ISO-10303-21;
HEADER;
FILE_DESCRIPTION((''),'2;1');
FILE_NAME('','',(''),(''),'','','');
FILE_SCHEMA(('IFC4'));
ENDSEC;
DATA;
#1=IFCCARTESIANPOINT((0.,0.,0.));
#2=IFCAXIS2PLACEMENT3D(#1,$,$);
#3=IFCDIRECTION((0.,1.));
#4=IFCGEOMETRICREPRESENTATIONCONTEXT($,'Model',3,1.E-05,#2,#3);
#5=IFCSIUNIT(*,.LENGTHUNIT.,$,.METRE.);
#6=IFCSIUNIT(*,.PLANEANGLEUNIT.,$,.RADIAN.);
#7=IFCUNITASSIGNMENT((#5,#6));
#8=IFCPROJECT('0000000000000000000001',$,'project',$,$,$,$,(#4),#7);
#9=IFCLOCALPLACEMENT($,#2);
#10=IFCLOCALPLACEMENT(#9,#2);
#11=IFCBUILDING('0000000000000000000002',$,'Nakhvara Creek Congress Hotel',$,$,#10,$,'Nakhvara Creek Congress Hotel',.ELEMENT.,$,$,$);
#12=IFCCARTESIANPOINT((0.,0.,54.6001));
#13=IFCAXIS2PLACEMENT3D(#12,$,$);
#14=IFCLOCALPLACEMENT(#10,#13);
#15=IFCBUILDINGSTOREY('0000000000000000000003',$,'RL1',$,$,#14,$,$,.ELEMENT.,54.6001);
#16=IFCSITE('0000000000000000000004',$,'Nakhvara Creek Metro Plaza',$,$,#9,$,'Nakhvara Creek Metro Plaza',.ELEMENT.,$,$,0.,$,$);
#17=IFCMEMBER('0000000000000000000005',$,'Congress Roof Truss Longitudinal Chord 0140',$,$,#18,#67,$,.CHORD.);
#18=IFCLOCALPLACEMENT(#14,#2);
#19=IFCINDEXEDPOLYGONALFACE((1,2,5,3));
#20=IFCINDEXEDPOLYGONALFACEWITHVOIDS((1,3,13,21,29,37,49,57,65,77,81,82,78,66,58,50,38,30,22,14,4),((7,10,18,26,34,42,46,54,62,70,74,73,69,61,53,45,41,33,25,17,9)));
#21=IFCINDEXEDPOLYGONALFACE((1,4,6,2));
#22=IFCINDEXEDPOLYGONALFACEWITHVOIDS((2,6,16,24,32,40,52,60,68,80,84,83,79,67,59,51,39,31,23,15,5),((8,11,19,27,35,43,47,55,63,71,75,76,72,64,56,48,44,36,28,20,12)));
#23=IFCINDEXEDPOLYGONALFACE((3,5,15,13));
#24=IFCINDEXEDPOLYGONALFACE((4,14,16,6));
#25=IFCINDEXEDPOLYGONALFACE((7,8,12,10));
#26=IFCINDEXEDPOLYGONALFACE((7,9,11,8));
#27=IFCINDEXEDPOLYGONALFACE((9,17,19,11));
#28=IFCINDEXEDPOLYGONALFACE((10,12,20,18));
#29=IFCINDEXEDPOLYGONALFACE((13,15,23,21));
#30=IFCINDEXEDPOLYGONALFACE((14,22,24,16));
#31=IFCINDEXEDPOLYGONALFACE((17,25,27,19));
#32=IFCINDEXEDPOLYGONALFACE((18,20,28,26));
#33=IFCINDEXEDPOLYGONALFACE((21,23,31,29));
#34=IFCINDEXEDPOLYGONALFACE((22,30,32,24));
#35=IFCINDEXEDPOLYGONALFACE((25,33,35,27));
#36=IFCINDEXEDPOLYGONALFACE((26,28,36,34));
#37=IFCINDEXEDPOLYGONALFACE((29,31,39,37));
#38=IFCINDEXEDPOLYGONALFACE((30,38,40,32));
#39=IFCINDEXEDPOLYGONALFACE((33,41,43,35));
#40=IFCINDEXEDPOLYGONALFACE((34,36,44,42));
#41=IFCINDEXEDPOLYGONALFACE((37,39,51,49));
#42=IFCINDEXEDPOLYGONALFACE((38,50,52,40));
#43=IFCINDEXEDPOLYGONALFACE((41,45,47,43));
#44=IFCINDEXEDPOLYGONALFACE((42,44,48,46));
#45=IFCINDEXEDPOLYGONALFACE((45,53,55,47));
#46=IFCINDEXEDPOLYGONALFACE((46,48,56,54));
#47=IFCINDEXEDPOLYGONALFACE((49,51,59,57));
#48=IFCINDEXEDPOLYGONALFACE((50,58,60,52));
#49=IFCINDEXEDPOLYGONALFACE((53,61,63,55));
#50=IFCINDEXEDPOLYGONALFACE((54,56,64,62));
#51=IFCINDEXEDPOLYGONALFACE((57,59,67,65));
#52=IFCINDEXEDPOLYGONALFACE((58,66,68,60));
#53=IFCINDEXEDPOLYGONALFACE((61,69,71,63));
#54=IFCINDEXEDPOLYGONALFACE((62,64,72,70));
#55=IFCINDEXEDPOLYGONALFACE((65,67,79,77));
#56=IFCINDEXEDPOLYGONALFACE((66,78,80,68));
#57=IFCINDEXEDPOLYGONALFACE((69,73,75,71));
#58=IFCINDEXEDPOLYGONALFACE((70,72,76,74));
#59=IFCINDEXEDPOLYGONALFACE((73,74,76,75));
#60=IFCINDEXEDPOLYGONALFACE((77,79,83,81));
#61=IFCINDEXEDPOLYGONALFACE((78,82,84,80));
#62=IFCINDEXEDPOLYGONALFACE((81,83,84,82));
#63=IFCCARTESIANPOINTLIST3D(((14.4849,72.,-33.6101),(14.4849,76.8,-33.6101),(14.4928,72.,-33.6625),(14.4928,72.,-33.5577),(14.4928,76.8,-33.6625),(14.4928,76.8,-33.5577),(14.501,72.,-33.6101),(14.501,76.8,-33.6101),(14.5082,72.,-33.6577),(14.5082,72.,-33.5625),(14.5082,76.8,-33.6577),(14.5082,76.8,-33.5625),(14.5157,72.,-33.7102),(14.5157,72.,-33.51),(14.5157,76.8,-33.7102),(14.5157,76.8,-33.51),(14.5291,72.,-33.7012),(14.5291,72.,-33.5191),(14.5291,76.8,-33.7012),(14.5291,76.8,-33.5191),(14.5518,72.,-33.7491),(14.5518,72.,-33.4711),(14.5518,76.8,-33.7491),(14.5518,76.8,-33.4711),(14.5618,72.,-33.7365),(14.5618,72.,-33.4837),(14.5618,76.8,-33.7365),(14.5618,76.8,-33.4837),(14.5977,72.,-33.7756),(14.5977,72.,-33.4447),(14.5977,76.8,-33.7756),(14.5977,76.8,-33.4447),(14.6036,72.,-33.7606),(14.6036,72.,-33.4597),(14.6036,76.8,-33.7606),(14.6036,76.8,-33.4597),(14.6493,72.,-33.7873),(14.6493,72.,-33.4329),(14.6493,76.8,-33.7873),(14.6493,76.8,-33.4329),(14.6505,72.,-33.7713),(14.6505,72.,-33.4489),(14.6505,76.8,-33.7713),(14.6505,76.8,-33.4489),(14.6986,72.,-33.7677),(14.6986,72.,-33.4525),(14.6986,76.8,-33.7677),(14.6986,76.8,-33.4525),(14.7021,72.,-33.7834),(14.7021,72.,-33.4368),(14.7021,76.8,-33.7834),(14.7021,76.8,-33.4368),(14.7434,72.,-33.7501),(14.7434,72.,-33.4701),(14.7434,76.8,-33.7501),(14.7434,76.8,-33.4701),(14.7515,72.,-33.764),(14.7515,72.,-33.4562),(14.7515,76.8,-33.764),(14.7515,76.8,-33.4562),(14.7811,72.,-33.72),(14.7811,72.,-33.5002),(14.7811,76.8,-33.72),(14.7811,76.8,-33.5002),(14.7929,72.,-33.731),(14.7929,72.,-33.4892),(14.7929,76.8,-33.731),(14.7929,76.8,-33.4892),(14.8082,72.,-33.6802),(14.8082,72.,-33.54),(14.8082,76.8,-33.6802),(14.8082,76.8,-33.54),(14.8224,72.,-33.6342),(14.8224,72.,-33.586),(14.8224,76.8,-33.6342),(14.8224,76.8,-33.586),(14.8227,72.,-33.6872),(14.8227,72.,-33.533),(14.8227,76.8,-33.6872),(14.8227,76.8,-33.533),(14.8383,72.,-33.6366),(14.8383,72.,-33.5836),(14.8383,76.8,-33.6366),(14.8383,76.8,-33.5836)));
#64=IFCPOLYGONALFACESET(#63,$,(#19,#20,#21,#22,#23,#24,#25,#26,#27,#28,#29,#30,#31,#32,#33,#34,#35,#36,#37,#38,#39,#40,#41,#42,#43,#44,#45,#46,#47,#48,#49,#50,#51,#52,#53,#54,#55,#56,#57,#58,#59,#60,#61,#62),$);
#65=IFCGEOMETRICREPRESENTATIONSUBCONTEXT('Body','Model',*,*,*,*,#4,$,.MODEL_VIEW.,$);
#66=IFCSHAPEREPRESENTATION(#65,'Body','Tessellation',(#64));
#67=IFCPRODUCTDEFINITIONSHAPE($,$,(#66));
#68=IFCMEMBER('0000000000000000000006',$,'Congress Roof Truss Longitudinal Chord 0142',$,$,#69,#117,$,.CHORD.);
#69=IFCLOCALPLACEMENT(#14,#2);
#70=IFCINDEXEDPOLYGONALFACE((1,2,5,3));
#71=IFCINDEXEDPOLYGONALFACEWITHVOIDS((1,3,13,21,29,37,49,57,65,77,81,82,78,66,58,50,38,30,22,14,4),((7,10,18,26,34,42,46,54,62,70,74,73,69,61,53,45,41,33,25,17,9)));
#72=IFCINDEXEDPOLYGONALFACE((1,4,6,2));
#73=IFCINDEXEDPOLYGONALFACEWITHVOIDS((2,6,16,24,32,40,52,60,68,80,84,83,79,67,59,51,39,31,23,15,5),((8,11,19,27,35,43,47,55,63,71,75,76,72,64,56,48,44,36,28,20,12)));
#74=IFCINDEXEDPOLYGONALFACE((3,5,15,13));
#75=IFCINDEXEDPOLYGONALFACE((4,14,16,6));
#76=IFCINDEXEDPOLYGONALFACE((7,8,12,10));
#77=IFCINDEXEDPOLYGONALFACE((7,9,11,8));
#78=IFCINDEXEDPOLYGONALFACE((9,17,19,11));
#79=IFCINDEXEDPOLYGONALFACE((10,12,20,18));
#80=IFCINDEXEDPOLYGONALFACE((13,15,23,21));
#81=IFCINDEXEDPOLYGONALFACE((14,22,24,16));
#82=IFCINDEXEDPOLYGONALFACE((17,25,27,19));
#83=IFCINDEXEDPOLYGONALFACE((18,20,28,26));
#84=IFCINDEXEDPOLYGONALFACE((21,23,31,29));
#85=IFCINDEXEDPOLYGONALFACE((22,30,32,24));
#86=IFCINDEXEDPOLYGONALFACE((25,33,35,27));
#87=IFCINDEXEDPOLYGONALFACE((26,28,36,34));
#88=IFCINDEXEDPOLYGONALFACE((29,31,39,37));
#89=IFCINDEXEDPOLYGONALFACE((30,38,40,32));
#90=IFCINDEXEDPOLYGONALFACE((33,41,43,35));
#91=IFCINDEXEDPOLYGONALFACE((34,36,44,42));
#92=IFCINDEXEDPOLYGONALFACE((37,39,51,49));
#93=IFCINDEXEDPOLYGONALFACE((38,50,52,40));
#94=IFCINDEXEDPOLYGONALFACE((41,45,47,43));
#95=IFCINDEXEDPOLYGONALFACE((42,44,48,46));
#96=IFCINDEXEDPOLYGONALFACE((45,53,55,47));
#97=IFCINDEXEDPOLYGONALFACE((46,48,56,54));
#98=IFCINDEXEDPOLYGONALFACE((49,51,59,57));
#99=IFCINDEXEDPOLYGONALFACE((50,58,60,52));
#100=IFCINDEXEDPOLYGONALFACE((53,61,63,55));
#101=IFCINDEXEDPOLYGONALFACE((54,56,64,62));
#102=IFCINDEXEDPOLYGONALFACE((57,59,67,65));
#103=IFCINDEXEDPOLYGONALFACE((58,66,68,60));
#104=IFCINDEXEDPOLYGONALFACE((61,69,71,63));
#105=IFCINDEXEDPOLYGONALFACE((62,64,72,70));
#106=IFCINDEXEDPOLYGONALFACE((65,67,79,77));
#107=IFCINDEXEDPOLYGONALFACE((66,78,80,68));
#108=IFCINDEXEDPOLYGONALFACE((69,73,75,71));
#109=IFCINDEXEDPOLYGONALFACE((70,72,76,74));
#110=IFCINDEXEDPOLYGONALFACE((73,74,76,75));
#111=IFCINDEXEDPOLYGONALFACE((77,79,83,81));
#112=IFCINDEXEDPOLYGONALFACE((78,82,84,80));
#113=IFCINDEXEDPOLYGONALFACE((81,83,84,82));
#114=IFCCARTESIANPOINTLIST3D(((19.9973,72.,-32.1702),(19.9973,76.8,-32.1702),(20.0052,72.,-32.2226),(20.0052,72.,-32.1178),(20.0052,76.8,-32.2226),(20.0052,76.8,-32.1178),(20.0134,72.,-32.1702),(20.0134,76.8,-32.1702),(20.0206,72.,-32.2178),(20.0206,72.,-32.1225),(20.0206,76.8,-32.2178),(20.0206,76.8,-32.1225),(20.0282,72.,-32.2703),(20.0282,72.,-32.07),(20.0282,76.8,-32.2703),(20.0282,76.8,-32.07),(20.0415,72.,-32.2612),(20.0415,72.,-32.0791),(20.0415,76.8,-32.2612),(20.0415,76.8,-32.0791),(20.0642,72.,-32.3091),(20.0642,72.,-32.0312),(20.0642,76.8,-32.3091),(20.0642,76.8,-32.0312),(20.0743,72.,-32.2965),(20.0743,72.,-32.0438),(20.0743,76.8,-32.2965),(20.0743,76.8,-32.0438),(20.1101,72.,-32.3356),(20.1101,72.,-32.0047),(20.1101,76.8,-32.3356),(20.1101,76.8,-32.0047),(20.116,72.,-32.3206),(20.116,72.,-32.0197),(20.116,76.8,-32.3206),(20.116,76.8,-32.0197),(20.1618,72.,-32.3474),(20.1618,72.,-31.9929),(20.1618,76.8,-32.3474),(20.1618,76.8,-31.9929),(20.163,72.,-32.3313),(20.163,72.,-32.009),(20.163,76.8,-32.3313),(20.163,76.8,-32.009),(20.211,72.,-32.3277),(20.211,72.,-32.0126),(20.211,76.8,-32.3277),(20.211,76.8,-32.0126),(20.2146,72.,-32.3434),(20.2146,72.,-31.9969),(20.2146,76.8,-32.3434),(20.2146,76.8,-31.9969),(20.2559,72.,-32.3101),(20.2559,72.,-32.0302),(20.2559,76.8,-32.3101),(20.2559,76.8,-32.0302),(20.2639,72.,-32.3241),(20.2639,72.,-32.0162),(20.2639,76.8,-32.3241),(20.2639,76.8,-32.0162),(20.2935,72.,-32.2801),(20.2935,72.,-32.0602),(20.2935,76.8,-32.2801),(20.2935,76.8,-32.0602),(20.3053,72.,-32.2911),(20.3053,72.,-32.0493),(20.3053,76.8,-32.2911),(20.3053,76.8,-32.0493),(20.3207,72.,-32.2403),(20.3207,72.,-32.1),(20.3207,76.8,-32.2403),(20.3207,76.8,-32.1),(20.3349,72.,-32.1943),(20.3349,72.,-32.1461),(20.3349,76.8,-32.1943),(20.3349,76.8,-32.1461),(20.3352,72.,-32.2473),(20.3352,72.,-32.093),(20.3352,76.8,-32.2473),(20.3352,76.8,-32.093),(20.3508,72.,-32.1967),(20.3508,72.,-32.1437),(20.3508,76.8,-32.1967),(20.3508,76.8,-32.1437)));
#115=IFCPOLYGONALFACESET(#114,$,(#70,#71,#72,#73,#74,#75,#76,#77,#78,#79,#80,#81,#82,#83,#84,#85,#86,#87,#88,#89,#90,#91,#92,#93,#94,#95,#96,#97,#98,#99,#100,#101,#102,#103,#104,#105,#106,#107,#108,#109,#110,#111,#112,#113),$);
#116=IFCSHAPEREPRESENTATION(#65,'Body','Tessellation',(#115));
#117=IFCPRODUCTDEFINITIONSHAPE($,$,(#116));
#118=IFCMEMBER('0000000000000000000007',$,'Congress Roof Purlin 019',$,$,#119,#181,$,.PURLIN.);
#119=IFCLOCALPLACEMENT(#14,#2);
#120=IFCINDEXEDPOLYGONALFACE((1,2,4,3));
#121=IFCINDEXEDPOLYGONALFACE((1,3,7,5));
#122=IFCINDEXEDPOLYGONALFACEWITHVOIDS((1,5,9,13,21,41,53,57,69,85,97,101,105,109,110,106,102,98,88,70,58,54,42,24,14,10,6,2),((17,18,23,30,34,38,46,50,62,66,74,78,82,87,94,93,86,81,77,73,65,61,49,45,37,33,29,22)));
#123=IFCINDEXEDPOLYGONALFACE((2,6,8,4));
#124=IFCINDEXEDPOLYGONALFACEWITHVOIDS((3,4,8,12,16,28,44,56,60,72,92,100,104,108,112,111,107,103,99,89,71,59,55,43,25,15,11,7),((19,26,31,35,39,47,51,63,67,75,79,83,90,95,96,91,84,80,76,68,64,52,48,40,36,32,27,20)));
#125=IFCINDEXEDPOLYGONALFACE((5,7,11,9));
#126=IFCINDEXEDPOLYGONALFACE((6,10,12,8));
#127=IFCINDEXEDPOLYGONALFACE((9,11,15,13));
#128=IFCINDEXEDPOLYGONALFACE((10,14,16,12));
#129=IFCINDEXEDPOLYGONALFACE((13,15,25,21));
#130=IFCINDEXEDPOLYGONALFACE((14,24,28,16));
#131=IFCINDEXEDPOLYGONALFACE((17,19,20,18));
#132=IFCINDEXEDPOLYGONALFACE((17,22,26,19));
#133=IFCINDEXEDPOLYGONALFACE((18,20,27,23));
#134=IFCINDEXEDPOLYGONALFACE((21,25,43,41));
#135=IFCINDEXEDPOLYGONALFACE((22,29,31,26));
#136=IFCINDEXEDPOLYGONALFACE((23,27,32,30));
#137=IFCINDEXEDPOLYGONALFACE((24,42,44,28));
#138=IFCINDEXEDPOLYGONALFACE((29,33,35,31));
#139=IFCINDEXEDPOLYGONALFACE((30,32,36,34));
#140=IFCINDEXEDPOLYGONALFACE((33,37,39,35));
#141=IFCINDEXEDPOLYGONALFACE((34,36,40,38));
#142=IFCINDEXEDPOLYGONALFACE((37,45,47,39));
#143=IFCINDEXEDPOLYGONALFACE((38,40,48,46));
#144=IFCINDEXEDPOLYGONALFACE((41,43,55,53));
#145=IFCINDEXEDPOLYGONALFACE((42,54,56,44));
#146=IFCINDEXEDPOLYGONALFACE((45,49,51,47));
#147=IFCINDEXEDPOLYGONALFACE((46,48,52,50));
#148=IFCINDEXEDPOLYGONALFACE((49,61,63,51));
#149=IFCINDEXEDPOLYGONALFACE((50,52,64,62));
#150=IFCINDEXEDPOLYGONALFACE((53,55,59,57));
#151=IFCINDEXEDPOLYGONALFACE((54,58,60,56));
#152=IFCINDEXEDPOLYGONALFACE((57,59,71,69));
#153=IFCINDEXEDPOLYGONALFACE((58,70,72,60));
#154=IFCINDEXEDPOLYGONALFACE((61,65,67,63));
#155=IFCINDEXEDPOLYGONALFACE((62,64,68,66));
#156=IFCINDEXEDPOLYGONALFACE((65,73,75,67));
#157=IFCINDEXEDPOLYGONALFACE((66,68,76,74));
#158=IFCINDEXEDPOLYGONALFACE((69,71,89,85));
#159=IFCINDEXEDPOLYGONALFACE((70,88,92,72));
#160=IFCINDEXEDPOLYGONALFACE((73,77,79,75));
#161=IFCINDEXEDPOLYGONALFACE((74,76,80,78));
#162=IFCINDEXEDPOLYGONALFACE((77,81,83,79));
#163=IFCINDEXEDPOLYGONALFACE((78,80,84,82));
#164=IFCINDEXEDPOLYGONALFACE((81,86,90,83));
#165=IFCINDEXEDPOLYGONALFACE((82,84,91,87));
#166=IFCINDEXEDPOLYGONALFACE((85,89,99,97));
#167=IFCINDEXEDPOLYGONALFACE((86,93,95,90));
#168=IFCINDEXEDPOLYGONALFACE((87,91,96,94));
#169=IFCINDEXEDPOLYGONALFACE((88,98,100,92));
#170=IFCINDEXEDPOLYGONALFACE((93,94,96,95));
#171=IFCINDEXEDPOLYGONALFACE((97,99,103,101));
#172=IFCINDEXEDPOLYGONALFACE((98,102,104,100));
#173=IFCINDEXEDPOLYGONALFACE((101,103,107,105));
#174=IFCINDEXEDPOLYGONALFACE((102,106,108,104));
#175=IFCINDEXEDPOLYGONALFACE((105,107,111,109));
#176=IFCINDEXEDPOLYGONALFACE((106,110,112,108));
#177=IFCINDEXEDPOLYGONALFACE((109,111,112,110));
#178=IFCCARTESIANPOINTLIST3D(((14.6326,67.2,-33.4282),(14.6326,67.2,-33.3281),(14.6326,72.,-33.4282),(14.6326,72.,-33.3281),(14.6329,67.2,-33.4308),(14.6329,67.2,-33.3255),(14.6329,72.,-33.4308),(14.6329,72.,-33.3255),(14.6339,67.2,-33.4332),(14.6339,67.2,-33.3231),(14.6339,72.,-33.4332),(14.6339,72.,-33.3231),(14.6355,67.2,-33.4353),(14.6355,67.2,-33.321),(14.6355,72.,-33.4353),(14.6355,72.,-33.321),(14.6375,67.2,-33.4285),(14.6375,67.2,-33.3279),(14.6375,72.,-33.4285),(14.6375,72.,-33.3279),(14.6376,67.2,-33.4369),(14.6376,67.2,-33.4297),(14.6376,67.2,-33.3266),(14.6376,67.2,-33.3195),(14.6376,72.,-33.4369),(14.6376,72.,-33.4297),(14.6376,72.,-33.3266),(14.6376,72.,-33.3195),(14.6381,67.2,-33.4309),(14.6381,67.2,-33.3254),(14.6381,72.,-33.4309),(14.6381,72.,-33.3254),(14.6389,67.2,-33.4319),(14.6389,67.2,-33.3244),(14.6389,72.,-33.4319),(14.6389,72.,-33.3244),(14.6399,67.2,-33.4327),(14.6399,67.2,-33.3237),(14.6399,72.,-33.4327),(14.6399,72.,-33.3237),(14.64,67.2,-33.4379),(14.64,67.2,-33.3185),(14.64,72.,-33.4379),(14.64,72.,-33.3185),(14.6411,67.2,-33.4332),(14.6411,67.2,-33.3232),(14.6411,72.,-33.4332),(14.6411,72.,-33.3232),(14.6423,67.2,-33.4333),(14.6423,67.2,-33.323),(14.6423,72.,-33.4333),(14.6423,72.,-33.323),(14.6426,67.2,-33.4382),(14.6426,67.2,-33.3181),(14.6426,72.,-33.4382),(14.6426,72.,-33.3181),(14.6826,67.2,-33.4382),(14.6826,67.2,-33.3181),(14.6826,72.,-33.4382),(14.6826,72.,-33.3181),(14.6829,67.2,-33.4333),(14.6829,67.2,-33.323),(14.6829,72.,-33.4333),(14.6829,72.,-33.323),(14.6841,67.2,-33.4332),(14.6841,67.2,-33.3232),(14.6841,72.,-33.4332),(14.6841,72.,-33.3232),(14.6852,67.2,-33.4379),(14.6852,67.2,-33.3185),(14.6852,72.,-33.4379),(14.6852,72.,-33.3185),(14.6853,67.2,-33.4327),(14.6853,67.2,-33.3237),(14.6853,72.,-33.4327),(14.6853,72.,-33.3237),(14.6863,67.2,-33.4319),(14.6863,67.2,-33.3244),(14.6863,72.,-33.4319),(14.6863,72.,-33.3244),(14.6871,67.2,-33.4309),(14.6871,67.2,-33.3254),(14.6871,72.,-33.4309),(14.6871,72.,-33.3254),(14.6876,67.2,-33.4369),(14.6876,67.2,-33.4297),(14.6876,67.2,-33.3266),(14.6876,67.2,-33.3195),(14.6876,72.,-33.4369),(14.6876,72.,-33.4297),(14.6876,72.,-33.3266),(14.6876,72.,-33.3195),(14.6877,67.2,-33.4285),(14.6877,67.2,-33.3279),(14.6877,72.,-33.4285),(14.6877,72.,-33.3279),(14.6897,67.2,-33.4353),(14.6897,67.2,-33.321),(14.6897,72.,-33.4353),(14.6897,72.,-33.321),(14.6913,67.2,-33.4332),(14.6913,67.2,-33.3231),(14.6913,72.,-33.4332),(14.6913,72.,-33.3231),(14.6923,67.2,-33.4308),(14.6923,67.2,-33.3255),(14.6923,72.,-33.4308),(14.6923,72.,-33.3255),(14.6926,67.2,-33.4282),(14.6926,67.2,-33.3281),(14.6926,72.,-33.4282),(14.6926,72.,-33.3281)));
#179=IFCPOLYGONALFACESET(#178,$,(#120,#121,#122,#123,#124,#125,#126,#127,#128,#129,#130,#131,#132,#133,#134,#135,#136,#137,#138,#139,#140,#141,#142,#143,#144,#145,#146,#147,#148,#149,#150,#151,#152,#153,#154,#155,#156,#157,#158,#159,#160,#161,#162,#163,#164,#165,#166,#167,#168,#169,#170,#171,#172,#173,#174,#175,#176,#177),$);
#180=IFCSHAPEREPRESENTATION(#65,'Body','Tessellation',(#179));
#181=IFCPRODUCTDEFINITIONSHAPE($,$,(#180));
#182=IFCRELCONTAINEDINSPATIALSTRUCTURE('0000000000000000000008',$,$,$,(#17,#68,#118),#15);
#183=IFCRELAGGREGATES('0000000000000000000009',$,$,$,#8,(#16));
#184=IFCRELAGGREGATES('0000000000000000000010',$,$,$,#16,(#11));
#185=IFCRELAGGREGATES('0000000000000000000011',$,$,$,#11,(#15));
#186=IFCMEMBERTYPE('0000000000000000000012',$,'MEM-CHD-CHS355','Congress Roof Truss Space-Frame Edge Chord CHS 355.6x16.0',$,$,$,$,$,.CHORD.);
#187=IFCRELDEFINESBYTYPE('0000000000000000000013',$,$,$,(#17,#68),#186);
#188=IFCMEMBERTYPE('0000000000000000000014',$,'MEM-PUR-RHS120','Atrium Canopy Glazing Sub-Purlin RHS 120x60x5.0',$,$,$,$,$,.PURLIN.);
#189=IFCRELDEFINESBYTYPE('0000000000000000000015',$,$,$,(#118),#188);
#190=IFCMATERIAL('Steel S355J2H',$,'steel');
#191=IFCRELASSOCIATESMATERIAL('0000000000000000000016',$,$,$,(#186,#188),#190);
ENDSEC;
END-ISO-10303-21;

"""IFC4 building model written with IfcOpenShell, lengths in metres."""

from ifc_helpers import new_model, si_unit, direction, frame, origin, origin_2d, place, context, subcontext, project, spatial, hollow_rectangle, hollow_circle, extrude, material, material_profile, profile_set, type_object, element, save


model = new_model("IFC4")

# Units and contexts
model_context = context("Model", 3, precision=1e-05, world=origin(), true_north=direction((0.0, 1.0)))
body_context = subcontext(model_context, "Body", "Model", "MODEL_VIEW")
ifc_project = project(units=[si_unit("LENGTHUNIT", "METRE"), si_unit("PLANEANGLEUNIT", "RADIAN")], contexts=[model_context])

# Site, building, storey
site_placement = place(None, origin())
site = spatial("IfcSite", under=ifc_project, at=site_placement, Name="Nakhvara Creek Metro Plaza", LongName="Nakhvara Creek Metro Plaza", CompositionType="ELEMENT", RefElevation=0.0)
building_placement = place(site_placement, origin())
building = spatial("IfcBuilding", under=site, at=building_placement, Name="Nakhvara Creek Congress Hotel", LongName="Nakhvara Creek Congress Hotel", CompositionType="ELEMENT")
storey_placement = place(building_placement, frame((0.0, 0.0, 54.6001)))
storey = spatial("IfcBuildingStorey", under=building, at=storey_placement, Name="RL1", CompositionType="ELEMENT", Elevation=54.6001)

# Members
ifc_material_1 = material(Name="Steel S355J2H", Category="steel")
ifc_material_profile_1 = material_profile(ifc_material_1, hollow_circle(Radius=0.1777, WallThickness=0.0161, at=origin_2d()), Name="CHS 355.6x16.0", Category="LoadBearing")
ifc_profile_set_1 = profile_set([ifc_material_profile_1], Name="Steel S355J2H")
member_type_1 = type_object("IfcMemberType", Name="MEM-CHD-CHS355", Description="Congress Roof Truss Space-Frame Edge Chord CHS 355.6x16.0", PredefinedType="CHORD", material=ifc_profile_set_1)
for number, where, z_axis, x_axis, name in (
    (1, (14.6626, 72.0, -33.6101), (0.0, 1.0, 0.0), (-1.0, 0.0, 0.0), "Congress Roof Truss Longitudinal Chord 0140"),
    (2, (20.175, 72.0, -32.1702), (0.0, 1.0, 0.0), (-1.0, 0.0, 0.0), "Congress Roof Truss Longitudinal Chord 0142"),
):
    element("IfcMember", number, at=place(storey_placement, frame(where, z_axis=z_axis, x_axis=x_axis)), inside=storey, type_object=member_type_1, Name=name, PredefinedType="CHORD", context=body_context, shape_type="SweptSolid", body=[
        extrude(hollow_circle(Radius=0.1777, WallThickness=0.0161, at=origin_2d()), origin(), (0.0, 0.0, 1.0), 4.8),
    ])
ifc_material_profile_2 = material_profile(ifc_material_1, hollow_rectangle(XDim=0.0601, YDim=0.1201, WallThickness=0.0049, InnerFilletRadius=0.0049, OuterFilletRadius=0.01, at=origin_2d()), Name="RHS 120x60x5.0", Category="LoadBearing")
ifc_profile_set_2 = profile_set([ifc_material_profile_2], Name="Steel S355J2H")
member_type_2 = type_object("IfcMemberType", Name="MEM-PUR-RHS120", Description="Atrium Canopy Glazing Sub-Purlin RHS 120x60x5.0", PredefinedType="PURLIN", material=ifc_profile_set_2)
for number, where, z_axis, x_axis, name in (
    (3, (14.6626, 67.2, -33.3782), (0.0, 1.0, 0.0), (-1.0, 0.0, 0.0), "Congress Roof Purlin 019"),
):
    element("IfcMember", number, at=place(storey_placement, frame(where, z_axis=z_axis, x_axis=x_axis)), inside=storey, type_object=member_type_2, Name=name, PredefinedType="PURLIN", context=body_context, shape_type="SweptSolid", body=[
        extrude(hollow_rectangle(XDim=0.0601, YDim=0.1201, WallThickness=0.0049, InnerFilletRadius=0.0049, OuterFilletRadius=0.01, at=origin_2d()), origin(), (0.0, 0.0, 1.0), 4.8),
    ])

save(model, "model.ifc")
